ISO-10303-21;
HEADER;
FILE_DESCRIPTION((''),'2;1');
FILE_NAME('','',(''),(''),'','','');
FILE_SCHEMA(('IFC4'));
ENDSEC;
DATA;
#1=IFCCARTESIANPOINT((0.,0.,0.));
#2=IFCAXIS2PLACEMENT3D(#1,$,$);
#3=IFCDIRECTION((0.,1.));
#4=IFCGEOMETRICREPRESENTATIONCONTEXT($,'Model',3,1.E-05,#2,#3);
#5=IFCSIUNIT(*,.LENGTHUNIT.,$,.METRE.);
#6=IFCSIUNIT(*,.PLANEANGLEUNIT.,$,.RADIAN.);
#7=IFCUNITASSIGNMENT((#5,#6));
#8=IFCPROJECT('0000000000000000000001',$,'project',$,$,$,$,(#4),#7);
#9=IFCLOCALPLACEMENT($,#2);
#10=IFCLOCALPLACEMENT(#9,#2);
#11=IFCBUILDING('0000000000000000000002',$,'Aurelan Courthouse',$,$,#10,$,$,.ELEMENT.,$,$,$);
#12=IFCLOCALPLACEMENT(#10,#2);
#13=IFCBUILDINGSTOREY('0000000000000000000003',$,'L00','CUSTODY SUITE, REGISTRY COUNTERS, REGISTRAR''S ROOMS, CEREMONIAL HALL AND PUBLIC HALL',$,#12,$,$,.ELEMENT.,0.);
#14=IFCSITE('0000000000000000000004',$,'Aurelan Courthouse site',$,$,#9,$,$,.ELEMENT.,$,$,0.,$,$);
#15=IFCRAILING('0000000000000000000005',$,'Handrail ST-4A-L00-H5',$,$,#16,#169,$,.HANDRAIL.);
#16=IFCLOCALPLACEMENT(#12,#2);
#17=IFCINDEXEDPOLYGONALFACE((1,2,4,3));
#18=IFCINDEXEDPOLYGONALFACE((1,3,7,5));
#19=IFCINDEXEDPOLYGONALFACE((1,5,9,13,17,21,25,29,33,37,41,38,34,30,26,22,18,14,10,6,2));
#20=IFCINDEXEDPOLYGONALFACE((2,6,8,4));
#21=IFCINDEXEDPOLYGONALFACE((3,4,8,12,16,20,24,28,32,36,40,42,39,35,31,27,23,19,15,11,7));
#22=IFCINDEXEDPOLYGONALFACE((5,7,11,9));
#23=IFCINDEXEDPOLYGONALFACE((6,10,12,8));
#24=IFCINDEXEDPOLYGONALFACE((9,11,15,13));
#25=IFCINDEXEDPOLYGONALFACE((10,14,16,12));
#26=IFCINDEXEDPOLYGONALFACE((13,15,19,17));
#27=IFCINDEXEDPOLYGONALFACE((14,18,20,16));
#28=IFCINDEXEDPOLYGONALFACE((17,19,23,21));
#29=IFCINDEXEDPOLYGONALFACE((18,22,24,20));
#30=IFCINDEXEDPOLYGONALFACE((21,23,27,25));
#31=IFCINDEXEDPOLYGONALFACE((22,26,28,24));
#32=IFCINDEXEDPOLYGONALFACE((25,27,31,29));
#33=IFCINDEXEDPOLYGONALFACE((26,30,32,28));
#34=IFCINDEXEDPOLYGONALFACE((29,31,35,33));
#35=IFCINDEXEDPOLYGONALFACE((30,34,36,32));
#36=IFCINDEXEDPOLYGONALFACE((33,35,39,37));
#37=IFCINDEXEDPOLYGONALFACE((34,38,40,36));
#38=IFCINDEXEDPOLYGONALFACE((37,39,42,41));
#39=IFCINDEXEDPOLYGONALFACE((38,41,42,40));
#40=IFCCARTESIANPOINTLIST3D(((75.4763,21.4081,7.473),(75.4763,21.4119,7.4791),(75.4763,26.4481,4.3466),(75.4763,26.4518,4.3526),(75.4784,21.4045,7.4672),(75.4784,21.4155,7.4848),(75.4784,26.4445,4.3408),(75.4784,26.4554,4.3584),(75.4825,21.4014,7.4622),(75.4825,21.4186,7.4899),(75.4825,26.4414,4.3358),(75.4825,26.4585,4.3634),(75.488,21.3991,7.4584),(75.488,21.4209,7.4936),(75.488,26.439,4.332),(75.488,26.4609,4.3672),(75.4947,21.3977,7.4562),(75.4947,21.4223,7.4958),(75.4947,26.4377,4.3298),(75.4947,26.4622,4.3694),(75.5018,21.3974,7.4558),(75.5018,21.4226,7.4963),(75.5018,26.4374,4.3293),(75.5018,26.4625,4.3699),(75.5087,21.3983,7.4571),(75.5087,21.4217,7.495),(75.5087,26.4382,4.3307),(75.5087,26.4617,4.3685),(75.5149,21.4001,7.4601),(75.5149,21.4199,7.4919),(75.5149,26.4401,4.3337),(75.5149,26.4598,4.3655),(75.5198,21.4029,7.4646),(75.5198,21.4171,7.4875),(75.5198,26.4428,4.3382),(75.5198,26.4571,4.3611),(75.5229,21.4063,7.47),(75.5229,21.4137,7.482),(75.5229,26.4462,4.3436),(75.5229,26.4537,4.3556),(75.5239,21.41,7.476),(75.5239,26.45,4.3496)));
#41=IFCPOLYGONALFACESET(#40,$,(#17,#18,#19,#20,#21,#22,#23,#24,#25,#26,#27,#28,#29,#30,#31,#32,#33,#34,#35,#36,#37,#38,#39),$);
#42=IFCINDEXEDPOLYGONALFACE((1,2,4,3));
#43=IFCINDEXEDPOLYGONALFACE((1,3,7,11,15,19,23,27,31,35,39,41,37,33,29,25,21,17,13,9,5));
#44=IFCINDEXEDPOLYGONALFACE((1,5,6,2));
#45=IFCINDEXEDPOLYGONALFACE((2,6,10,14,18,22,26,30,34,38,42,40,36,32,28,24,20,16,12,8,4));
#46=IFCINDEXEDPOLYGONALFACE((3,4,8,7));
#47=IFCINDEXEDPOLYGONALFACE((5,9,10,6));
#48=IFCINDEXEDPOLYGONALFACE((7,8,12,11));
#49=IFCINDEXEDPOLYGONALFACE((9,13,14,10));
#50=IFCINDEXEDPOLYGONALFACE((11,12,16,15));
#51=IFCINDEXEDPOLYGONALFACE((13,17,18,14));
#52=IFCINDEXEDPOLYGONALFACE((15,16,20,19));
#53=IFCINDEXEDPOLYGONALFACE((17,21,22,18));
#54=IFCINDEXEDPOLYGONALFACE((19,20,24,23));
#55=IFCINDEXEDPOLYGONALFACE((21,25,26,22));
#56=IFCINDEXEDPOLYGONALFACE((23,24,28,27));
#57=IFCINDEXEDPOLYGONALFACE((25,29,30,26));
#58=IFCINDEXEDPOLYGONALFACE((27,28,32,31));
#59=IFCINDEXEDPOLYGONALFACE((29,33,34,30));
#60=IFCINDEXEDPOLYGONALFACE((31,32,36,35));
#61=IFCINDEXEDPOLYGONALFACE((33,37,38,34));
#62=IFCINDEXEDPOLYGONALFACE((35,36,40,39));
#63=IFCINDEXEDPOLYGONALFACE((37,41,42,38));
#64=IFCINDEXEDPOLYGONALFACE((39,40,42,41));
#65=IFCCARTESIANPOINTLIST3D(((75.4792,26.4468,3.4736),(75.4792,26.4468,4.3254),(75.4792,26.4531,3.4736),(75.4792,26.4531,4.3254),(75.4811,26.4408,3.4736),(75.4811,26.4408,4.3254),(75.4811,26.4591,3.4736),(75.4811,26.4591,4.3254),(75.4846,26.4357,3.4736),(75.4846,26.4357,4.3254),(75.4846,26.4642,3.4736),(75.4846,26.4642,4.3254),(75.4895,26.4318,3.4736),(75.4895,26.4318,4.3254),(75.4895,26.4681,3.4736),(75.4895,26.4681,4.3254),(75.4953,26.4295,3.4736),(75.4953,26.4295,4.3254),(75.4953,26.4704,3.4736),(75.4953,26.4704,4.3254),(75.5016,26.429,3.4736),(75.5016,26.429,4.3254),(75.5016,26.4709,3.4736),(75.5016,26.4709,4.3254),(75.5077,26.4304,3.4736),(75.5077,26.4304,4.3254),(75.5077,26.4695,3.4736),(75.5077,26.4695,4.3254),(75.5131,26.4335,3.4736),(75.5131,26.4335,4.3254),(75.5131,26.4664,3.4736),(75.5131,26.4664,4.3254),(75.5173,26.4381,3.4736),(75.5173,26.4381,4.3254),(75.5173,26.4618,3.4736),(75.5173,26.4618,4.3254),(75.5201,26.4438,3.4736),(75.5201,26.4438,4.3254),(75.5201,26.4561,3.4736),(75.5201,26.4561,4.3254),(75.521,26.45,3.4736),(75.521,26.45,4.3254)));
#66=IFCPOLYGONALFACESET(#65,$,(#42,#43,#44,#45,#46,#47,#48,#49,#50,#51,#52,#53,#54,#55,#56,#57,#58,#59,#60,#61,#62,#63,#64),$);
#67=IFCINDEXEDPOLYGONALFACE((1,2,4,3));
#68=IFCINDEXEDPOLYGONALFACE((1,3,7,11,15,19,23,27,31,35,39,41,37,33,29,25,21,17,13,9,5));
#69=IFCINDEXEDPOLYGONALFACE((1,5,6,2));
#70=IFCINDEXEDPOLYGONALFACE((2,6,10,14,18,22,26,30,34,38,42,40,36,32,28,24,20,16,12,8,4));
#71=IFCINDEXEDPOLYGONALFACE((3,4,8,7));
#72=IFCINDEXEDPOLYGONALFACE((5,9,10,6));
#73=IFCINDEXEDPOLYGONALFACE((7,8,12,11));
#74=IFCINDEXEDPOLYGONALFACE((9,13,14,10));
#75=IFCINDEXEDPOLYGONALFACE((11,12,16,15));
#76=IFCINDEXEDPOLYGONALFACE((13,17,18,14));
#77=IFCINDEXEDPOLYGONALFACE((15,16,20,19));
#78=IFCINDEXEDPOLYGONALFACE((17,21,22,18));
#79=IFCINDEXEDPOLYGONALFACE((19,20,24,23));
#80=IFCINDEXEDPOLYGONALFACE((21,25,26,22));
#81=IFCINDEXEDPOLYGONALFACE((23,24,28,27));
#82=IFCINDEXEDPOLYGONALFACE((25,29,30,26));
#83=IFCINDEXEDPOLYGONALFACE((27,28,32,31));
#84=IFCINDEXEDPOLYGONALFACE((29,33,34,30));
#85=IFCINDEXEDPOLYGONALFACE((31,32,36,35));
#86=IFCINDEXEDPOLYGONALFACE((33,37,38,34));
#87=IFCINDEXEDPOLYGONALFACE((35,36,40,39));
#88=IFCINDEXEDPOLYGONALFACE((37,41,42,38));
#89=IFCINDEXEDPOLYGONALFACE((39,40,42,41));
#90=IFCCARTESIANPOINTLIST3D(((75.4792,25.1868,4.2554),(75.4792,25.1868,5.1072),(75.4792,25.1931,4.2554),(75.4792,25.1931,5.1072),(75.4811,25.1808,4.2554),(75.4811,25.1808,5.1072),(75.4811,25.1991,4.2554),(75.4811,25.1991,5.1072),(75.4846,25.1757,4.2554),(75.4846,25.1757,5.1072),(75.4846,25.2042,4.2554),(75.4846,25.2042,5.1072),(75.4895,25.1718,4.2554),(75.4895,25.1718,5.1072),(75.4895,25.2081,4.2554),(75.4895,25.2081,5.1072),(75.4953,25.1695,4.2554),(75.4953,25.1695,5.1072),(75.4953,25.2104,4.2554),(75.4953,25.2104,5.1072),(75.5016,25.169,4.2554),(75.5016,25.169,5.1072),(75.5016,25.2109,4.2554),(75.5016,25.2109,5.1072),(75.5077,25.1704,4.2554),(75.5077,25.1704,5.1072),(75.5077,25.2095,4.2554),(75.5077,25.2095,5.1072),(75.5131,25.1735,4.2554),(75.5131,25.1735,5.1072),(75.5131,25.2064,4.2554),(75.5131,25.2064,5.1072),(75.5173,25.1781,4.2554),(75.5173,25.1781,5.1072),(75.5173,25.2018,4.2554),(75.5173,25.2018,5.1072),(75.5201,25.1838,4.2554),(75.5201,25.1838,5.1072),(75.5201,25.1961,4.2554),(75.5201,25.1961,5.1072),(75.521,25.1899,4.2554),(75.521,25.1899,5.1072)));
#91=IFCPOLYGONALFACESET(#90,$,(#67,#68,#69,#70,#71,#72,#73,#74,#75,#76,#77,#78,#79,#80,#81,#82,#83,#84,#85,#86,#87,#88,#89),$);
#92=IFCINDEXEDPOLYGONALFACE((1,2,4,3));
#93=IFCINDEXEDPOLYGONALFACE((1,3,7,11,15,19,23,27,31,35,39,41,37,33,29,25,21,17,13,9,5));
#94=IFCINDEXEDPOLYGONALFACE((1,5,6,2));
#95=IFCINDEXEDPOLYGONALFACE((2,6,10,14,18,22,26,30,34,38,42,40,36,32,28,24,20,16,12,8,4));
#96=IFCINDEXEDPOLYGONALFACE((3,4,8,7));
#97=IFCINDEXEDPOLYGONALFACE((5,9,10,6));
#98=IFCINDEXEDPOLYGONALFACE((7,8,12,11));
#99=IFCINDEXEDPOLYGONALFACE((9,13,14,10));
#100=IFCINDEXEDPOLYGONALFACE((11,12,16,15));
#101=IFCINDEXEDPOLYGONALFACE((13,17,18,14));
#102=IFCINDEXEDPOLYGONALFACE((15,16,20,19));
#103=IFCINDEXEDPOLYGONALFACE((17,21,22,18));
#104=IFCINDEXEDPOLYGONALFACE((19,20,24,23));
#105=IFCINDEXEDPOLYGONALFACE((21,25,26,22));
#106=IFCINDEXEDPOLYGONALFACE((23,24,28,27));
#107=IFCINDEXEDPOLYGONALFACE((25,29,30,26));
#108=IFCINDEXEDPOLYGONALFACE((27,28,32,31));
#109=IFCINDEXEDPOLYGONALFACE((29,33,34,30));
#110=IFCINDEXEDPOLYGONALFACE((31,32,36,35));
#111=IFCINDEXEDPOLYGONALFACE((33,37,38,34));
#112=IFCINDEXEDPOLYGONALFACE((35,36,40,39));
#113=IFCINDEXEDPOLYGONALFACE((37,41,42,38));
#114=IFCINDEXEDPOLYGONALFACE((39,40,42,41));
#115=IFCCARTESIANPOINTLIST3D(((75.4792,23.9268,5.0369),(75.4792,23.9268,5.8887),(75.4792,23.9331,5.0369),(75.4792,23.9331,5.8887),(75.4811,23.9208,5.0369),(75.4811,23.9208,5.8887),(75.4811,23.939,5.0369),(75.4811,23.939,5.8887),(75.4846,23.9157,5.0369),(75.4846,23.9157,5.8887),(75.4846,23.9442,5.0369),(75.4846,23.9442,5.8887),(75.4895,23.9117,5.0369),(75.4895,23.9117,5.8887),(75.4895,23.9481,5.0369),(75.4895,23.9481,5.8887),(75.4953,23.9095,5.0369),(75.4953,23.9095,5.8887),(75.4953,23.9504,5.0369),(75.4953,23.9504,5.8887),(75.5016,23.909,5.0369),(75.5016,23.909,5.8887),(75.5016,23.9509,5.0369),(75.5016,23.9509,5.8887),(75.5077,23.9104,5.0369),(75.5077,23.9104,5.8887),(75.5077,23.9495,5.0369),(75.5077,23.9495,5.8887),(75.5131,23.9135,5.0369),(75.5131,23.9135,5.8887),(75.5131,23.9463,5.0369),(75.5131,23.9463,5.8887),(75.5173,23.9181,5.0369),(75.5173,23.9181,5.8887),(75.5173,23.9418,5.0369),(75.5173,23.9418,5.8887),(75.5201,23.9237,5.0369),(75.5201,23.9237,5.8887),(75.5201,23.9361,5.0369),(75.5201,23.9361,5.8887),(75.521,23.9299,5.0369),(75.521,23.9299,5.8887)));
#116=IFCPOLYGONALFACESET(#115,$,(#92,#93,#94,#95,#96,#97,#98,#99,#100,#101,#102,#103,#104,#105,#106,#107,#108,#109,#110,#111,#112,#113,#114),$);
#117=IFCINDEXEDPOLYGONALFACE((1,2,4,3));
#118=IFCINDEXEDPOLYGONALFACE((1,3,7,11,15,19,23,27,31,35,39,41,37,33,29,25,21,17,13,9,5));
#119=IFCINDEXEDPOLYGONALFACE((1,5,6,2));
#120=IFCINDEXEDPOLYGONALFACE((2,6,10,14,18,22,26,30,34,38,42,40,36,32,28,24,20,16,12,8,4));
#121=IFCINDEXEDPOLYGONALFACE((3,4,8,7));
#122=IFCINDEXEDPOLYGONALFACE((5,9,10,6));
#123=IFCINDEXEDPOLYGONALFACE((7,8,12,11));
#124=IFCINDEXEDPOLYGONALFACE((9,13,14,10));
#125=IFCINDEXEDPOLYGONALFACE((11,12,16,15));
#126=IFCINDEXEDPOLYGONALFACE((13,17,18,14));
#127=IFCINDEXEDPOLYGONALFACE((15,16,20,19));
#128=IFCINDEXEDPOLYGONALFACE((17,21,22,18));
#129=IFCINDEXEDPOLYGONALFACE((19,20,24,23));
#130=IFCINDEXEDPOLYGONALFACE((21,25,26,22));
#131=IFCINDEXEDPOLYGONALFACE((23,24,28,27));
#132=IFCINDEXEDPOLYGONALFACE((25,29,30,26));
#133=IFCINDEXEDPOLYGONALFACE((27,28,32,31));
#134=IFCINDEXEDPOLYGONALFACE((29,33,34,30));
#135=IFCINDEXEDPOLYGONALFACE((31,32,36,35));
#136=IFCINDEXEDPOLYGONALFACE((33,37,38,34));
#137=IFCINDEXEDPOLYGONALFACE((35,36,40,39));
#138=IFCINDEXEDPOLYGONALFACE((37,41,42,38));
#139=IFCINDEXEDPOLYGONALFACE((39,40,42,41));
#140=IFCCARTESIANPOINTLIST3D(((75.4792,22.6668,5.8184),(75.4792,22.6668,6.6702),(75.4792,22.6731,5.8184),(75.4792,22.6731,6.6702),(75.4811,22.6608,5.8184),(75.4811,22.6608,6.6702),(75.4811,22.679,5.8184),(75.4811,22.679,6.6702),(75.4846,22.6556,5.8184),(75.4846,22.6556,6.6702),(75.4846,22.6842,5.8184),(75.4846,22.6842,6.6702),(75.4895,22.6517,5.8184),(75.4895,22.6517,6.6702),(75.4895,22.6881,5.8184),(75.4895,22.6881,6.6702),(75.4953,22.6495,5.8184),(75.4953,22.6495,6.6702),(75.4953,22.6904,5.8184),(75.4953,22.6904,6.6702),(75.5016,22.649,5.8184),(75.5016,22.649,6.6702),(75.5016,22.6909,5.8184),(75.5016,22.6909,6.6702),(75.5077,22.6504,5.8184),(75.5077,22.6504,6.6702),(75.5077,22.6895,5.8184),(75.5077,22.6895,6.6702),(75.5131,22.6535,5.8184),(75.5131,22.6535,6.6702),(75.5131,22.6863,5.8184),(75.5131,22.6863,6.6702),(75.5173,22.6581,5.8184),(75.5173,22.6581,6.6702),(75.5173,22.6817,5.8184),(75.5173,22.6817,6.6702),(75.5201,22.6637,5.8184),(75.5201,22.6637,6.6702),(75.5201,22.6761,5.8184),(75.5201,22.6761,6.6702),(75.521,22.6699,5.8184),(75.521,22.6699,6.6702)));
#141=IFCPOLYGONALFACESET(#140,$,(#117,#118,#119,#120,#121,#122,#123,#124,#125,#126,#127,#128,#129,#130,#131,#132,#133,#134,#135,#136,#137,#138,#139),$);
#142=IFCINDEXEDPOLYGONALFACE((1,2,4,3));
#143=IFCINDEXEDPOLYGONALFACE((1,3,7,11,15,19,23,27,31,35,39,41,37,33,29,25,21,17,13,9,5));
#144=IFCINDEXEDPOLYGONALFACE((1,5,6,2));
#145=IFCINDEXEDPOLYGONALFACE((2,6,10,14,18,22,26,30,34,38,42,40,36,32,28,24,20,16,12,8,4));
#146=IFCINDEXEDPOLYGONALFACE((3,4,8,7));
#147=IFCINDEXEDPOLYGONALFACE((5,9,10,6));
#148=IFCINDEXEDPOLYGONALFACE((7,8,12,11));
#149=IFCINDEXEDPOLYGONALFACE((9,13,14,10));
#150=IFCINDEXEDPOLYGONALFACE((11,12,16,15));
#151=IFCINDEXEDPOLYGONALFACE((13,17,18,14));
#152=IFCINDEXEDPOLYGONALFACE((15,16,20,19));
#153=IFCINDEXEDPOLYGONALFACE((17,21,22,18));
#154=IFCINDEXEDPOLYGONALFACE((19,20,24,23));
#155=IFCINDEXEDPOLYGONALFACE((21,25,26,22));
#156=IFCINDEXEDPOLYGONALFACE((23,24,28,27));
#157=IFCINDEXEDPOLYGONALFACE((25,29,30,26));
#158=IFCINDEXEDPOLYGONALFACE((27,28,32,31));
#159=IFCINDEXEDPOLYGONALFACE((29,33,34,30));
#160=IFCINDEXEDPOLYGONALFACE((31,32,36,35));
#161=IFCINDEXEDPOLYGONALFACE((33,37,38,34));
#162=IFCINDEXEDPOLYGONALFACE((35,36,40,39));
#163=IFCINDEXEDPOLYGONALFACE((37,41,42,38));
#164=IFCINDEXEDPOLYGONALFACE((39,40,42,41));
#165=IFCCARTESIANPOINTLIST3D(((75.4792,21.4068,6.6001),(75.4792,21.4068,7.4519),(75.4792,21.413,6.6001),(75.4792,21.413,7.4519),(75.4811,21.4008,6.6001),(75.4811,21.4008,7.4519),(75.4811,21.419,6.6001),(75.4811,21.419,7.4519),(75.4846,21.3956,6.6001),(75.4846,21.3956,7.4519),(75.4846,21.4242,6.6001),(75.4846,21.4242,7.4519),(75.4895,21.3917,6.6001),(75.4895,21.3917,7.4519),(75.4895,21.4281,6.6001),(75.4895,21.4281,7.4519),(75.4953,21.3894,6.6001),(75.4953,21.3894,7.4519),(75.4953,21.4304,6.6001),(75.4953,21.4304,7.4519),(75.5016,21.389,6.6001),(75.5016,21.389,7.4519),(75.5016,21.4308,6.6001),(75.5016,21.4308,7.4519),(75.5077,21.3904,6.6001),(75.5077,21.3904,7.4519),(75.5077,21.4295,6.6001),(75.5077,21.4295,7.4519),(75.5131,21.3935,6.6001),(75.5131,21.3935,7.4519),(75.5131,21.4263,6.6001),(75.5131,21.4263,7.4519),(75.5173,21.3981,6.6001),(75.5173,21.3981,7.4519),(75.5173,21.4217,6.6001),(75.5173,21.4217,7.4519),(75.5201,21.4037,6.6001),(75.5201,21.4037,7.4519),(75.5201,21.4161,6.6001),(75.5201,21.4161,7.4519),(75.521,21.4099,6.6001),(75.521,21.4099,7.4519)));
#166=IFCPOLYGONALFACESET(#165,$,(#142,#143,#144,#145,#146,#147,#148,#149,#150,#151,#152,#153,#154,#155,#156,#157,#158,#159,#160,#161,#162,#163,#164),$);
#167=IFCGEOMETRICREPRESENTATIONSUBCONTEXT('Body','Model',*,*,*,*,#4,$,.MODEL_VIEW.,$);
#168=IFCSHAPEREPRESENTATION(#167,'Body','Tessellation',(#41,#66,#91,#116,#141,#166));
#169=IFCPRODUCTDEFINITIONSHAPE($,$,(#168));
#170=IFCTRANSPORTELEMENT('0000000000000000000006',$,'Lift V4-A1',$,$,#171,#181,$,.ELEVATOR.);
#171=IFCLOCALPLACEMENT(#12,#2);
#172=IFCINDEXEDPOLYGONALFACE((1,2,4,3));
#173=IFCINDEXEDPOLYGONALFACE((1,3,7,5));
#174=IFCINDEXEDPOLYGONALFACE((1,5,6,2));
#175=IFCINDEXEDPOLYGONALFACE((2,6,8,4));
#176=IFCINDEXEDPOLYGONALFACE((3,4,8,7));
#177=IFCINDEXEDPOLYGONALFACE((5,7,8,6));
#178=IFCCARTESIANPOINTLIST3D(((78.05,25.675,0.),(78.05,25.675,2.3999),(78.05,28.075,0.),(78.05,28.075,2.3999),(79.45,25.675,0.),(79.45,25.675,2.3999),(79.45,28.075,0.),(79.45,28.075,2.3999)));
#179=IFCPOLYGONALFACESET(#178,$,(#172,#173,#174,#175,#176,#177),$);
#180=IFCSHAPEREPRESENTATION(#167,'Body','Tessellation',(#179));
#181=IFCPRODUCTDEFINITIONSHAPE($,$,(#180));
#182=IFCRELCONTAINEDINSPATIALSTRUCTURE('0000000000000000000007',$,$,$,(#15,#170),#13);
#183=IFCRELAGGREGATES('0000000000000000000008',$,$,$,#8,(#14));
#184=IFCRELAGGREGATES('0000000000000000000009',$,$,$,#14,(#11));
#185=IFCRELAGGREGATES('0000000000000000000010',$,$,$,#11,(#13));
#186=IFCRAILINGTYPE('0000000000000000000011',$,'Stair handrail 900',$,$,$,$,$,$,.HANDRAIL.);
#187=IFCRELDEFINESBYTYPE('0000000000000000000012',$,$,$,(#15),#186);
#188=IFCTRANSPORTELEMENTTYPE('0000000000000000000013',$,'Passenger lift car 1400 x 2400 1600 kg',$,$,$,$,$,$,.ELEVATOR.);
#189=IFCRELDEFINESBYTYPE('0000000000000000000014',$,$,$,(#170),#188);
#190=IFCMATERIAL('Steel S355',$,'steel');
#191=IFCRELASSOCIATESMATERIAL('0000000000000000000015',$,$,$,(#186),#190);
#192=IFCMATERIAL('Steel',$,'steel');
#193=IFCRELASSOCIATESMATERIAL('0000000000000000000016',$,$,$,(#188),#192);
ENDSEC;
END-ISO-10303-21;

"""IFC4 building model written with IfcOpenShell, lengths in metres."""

from ifc_helpers import new_model, si_unit, direction, frame, origin, origin_2d, place, context, subcontext, project, spatial, rectangle, circle, extrude, material, type_object, element, save


model = new_model("IFC4")

# Units and contexts
model_context = context("Model", 3, precision=1e-05, world=origin(), true_north=direction((0.0, 1.0)))
body_context = subcontext(model_context, "Body", "Model", "MODEL_VIEW")
ifc_project = project(units=[si_unit("LENGTHUNIT", "METRE"), si_unit("PLANEANGLEUNIT", "RADIAN")], contexts=[model_context])

# Site, building, storey
site_placement = place(None, origin())
site = spatial("IfcSite", under=ifc_project, at=site_placement, Name="Aurelan Courthouse site", CompositionType="ELEMENT", RefElevation=0.0)
building_placement = place(site_placement, origin())
building = spatial("IfcBuilding", under=site, at=building_placement, Name="Aurelan Courthouse", CompositionType="ELEMENT")
storey_placement = place(building_placement, origin())
storey = spatial("IfcBuildingStorey", under=building, at=storey_placement, Name="L00", Description="CUSTODY SUITE, REGISTRY COUNTERS, REGISTRAR'S ROOMS, CEREMONIAL HALL AND PUBLIC HALL", CompositionType="ELEMENT", Elevation=0.0)

# Shared definitions
ifc_material_1 = material(Name="Steel", Category="steel")

# Railing
ifc_material_2 = material(Name="Steel S355", Category="steel")
railing_type_1 = type_object("IfcRailingType", Name="Stair handrail 900", PredefinedType="HANDRAIL", material=ifc_material_2)
railing_1_placement = place(storey_placement, frame((75.5, 26.45, 3.4736)))
element("IfcRailing", 1, at=railing_1_placement, inside=storey, type_object=railing_type_1, Name="Handrail ST-4A-L00-H5", PredefinedType="HANDRAIL", context=body_context, shape_type="SweptSolid", body=[
    extrude(circle(Radius=0.0239, at=origin_2d()), frame((0.0, 0.0, 0.876), z_axis=(0.0, -0.849779, 0.527139), x_axis=(1.0, 0.0, 0.0)), (0.0, 0.0, 1.0), 5.9309),
    extrude(circle(Radius=0.021, at=origin_2d()), origin(), (0.0, 0.0, 1.0), 0.8518),
    extrude(circle(Radius=0.021, at=origin_2d()), frame((0.0, -1.26, 0.7817)), (0.0, 0.0, 1.0), 0.8518),
    extrude(circle(Radius=0.021, at=origin_2d()), frame((0.0, -2.52, 1.5632)), (0.0, 0.0, 1.0), 0.8518),
    extrude(circle(Radius=0.021, at=origin_2d()), frame((0.0, -3.78, 2.3447)), (0.0, 0.0, 1.0), 0.8518),
    extrude(circle(Radius=0.021, at=origin_2d()), frame((0.0, -5.04, 3.1265)), (0.0, 0.0, 1.0), 0.8518),
])

# Transport element
transport_element_type = type_object("IfcTransportElementType", Name="Passenger lift car 1400 x 2400 1600 kg", PredefinedType="ELEVATOR", material=ifc_material_1)
transport_element_placement = place(storey_placement, frame((78.75, 26.875, 0.0), z_axis=(0.0, 0.0, 1.0), x_axis=(1.0, 0.0, 0.0)))
element("IfcTransportElement", 2, at=transport_element_placement, inside=storey, type_object=transport_element_type, Name="Lift V4-A1", PredefinedType="ELEVATOR", context=body_context, shape_type="SweptSolid", body=[
    extrude(rectangle(XDim=1.3999, YDim=2.3999, at=origin_2d()), origin(), (0.0, 0.0, 1.0), 2.3999),
])

save(model, "model.ifc")
